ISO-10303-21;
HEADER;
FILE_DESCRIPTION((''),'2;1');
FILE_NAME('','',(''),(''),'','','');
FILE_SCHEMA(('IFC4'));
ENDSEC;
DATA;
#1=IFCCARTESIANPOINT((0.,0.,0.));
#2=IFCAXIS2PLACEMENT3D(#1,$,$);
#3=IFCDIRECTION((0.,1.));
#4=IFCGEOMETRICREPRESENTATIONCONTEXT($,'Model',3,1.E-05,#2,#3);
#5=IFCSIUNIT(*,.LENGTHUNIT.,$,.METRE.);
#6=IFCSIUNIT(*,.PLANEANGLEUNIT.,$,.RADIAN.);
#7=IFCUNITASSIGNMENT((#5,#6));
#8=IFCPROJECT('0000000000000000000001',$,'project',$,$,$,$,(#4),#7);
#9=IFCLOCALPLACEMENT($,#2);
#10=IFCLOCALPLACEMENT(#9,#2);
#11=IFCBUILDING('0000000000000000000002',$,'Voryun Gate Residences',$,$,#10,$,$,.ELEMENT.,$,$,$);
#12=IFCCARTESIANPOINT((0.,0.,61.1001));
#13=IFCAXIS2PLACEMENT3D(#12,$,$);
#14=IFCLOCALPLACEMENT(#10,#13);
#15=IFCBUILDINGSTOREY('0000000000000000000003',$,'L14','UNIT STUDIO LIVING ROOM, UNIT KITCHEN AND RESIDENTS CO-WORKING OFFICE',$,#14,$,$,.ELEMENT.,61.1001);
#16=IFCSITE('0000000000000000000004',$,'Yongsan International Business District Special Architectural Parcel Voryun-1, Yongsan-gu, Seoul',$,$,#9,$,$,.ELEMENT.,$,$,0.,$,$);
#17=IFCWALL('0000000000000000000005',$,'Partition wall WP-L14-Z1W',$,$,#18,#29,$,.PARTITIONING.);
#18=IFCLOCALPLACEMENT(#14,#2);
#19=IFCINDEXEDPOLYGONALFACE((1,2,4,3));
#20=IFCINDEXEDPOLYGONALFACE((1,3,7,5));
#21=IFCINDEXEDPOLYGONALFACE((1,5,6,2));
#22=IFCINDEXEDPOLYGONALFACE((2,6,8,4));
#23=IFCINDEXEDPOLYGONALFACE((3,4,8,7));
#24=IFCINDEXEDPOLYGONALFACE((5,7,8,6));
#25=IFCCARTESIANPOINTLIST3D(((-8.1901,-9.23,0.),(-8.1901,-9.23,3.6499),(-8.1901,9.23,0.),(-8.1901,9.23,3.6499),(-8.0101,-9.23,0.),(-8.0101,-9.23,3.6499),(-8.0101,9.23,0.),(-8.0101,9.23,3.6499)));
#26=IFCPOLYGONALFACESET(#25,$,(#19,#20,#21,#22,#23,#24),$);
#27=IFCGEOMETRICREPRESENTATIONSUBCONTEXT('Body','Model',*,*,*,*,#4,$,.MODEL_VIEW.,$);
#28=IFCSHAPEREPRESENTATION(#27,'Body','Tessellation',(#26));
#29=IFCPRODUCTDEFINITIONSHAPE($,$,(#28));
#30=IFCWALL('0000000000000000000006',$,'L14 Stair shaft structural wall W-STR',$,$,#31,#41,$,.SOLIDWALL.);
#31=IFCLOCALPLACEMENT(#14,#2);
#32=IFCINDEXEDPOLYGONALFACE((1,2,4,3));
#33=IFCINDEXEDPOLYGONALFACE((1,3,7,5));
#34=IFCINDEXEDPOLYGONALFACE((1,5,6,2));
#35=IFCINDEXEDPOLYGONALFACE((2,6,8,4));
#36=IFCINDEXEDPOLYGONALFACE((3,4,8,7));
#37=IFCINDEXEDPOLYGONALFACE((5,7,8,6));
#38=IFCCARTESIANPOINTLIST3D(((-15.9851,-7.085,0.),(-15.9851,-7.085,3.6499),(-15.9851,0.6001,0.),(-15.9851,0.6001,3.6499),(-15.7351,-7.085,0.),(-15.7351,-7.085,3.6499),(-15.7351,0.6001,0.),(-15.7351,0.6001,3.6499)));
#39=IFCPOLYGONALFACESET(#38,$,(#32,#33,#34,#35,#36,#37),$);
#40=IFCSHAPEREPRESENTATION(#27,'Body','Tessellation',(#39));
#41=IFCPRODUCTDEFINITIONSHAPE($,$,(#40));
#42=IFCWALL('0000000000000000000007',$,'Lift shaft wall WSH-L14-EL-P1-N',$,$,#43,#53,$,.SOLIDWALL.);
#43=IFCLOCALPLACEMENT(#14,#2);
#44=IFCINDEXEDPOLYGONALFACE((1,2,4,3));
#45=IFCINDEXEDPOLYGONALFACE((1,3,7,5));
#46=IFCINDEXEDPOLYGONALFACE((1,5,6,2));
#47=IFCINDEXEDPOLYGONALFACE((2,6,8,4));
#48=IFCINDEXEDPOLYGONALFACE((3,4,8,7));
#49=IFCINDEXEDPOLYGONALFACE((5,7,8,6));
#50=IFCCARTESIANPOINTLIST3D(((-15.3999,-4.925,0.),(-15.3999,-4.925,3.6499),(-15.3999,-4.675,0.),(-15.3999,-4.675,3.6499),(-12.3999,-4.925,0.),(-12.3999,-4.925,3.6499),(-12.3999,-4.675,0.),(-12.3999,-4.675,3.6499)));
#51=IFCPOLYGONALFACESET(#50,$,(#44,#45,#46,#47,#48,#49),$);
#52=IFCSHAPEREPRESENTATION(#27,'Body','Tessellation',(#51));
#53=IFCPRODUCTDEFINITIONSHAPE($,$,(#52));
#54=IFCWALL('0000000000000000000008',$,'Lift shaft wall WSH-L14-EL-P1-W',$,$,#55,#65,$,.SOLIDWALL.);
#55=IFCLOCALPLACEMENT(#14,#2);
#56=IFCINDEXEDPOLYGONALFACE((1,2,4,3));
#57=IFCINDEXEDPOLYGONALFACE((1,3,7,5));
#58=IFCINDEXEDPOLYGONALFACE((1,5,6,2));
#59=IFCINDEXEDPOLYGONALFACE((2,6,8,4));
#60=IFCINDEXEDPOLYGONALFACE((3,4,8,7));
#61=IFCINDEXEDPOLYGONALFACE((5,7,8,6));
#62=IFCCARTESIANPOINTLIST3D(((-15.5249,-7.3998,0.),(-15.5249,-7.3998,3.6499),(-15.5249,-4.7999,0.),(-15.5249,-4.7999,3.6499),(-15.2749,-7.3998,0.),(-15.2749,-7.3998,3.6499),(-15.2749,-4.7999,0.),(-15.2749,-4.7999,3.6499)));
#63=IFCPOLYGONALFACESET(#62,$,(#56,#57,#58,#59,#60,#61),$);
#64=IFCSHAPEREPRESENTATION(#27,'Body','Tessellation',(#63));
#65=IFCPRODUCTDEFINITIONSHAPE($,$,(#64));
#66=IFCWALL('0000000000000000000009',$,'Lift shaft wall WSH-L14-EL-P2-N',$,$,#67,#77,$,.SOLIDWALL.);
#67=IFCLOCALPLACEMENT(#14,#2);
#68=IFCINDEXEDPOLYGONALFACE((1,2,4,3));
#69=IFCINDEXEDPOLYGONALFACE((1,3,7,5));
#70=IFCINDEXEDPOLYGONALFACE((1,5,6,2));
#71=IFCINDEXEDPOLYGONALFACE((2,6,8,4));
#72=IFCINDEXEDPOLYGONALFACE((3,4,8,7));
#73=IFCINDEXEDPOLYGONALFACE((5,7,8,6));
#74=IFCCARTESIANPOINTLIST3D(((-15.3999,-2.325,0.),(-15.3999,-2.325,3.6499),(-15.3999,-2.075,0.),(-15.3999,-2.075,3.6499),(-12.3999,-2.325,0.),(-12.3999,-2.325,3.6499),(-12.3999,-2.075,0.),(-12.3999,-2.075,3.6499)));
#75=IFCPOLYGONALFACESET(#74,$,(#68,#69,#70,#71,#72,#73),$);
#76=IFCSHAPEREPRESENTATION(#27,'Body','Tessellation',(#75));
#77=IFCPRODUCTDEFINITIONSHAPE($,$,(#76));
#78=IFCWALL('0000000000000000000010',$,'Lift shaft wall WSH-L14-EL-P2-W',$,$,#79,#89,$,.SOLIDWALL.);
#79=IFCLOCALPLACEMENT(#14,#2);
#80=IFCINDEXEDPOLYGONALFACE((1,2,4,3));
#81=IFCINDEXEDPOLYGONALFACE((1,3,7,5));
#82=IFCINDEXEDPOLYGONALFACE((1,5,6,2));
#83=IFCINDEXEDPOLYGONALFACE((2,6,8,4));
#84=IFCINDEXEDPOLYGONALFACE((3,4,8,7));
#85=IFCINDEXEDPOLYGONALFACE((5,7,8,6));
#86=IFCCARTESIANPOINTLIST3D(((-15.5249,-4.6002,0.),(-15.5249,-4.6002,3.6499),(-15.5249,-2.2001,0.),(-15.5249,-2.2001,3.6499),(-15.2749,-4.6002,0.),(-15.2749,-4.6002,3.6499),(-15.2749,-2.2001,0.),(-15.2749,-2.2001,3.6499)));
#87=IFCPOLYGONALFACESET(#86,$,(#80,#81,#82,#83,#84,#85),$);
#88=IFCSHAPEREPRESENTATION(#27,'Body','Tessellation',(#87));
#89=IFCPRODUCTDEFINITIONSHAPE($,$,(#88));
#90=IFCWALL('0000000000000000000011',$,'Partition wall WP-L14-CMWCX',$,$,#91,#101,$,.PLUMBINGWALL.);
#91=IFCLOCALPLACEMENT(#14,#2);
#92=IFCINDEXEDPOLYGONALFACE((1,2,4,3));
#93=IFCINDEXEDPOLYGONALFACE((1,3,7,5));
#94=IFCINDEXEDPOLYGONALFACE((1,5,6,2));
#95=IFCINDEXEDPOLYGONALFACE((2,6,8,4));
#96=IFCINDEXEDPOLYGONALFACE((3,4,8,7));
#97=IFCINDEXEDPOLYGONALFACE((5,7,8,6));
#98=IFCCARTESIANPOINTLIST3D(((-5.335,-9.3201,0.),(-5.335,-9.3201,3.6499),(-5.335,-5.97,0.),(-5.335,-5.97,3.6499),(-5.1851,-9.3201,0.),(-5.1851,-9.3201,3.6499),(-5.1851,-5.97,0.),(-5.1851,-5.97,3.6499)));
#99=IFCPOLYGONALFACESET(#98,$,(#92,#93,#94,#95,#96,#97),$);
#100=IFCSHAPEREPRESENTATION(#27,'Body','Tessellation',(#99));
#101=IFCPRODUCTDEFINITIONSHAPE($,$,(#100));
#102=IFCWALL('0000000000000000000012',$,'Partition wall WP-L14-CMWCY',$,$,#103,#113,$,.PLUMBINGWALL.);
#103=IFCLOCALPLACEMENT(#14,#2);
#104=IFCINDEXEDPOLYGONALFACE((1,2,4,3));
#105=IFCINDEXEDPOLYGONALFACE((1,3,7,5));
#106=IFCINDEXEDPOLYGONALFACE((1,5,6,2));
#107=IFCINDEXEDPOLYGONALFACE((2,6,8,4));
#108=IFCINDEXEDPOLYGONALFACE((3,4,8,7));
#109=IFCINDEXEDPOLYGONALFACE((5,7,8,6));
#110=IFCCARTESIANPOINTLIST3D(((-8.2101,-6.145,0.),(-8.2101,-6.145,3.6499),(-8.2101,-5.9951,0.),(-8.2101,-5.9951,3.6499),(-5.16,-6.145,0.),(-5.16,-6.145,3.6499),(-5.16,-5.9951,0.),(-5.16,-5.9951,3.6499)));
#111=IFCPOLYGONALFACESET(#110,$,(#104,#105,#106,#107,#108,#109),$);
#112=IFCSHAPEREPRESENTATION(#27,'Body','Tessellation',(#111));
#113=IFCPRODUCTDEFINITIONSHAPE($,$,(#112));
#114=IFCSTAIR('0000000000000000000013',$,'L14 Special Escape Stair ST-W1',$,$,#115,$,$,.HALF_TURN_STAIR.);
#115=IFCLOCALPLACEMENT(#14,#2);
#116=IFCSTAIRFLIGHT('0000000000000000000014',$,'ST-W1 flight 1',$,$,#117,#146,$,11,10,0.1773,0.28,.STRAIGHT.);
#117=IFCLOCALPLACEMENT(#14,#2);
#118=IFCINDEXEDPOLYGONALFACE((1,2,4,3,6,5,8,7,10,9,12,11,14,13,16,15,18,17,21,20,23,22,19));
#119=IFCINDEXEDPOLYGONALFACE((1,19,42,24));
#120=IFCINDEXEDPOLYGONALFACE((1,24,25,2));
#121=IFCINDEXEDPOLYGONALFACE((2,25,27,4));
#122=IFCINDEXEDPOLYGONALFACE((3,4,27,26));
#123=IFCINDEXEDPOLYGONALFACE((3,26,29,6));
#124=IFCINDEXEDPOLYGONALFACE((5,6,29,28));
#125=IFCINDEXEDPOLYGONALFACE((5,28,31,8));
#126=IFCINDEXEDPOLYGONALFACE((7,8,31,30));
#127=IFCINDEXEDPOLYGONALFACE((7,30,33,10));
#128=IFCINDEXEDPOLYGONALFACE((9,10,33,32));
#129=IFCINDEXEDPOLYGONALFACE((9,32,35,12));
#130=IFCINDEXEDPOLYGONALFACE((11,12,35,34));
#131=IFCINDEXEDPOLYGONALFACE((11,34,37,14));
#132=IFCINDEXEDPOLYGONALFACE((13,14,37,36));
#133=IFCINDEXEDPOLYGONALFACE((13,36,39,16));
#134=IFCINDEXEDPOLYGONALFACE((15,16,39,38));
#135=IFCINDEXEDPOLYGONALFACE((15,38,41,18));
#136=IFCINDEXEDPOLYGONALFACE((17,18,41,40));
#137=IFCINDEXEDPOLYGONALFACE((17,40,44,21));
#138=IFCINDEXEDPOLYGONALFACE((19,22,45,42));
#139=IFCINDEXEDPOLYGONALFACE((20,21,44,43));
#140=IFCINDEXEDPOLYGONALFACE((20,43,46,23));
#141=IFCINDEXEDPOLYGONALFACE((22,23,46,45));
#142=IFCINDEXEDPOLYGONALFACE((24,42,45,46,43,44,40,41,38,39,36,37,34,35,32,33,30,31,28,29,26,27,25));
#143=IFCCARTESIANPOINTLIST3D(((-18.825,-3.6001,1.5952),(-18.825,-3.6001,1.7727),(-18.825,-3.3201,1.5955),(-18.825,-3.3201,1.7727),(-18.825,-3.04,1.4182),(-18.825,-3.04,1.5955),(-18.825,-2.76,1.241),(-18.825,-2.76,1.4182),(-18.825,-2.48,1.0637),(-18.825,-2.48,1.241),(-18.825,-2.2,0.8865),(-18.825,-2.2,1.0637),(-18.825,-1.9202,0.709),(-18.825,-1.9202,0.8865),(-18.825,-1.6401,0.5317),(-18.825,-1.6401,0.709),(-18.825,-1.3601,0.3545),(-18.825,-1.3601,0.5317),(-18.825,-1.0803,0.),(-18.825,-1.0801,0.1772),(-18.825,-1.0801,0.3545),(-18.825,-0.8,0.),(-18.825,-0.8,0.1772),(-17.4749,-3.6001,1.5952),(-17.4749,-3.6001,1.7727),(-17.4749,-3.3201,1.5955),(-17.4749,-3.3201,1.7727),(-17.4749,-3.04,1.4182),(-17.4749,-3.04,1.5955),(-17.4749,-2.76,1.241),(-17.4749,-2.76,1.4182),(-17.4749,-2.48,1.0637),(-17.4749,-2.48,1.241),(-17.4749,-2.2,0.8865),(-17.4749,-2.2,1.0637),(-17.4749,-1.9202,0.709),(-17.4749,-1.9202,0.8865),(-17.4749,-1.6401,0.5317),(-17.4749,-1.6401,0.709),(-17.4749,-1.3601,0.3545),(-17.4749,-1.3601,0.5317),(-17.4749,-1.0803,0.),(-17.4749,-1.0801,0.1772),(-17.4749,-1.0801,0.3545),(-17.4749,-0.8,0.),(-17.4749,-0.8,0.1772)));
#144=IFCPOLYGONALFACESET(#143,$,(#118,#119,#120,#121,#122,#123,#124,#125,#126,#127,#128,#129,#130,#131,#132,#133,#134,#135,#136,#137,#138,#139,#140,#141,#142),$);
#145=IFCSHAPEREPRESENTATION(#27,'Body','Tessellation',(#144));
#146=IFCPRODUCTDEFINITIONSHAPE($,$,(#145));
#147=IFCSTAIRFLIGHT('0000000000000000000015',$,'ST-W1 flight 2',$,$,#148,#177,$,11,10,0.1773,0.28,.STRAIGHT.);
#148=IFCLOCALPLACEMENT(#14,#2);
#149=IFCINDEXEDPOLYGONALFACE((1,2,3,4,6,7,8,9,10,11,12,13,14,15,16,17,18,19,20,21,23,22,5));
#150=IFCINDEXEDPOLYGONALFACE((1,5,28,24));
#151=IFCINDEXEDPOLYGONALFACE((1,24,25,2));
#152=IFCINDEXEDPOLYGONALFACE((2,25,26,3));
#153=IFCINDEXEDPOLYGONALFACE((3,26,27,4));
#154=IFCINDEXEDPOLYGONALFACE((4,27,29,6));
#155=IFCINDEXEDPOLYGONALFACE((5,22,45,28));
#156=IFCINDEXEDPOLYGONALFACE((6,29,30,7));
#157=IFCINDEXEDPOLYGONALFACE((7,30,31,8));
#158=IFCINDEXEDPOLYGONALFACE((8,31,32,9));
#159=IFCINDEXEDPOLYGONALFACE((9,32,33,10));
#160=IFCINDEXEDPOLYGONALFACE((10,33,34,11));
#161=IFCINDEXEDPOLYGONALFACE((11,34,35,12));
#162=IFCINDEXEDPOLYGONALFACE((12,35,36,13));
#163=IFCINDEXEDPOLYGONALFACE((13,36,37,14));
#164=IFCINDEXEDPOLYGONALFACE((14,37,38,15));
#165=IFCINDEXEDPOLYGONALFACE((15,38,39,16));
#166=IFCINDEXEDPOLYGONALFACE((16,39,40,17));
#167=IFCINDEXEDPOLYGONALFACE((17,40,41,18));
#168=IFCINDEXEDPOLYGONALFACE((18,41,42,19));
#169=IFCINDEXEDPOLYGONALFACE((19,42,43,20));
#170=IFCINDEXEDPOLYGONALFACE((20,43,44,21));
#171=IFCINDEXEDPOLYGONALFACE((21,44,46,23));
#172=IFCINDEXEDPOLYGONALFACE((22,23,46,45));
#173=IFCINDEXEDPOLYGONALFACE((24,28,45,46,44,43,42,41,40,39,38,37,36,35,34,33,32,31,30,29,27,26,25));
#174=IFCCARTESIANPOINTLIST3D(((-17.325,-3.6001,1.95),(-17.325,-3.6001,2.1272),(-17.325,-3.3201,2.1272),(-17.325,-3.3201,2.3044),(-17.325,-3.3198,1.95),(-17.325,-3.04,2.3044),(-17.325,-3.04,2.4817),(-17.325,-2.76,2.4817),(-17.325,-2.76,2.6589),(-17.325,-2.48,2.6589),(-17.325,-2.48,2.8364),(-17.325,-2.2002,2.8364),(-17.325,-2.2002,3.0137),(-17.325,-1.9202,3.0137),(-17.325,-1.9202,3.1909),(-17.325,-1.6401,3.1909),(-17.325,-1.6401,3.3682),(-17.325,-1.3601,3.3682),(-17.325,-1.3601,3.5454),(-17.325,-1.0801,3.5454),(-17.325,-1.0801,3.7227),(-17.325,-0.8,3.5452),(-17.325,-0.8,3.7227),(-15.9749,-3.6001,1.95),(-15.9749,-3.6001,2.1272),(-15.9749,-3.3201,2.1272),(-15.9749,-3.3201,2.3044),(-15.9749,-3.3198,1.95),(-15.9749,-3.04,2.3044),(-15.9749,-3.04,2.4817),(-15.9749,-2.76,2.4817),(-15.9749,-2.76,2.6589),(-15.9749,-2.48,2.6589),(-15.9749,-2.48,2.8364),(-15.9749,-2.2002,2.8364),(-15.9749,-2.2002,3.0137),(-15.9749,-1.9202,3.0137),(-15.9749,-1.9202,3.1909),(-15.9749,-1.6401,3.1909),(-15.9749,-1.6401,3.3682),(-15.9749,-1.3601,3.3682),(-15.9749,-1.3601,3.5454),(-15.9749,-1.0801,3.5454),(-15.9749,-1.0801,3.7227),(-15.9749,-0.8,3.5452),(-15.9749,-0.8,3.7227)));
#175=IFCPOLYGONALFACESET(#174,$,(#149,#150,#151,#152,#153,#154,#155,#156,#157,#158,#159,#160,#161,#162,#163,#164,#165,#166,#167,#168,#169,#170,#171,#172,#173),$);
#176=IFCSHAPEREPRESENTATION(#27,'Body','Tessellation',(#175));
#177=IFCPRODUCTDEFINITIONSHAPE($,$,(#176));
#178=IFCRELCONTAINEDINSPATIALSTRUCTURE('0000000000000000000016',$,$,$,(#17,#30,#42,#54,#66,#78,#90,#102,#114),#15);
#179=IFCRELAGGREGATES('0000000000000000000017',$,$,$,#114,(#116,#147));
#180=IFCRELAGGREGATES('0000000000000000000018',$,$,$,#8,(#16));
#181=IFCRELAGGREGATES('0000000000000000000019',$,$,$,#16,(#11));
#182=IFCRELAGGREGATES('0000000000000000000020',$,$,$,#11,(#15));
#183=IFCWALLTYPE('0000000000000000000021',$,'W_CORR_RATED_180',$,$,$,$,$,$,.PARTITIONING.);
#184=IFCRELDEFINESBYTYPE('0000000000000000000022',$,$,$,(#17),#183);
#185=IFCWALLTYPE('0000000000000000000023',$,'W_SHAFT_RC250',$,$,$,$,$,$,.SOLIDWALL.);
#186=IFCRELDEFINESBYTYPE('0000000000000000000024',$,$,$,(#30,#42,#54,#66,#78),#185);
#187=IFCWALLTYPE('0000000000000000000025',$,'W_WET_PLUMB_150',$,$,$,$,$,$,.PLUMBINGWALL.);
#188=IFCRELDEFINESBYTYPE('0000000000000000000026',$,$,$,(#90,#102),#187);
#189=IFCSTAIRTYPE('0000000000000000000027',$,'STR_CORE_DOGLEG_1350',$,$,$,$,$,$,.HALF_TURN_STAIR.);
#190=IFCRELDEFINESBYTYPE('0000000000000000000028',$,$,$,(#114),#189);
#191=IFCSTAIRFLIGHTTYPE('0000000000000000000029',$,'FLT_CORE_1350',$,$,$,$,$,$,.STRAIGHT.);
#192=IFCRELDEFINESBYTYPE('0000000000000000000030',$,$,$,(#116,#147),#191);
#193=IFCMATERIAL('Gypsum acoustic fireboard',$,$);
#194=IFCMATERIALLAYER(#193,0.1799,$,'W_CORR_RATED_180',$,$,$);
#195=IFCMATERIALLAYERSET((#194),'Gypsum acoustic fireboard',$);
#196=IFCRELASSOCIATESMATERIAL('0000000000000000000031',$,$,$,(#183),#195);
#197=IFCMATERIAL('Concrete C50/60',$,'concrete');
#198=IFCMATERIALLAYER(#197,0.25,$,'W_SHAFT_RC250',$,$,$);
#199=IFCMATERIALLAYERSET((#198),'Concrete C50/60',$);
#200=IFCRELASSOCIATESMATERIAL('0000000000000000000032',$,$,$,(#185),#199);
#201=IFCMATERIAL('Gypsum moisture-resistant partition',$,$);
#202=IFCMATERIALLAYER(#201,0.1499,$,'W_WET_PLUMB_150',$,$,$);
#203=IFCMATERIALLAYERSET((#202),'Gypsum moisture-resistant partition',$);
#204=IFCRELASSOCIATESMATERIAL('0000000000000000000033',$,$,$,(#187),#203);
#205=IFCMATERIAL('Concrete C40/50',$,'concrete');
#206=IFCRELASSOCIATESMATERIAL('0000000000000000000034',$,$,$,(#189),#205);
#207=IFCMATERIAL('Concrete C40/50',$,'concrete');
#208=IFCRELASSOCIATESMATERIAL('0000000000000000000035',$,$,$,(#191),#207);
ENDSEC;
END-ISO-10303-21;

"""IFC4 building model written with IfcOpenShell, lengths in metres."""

from ifc_helpers import new_model, si_unit, direction, frame, frame_2d, origin, place, context, subcontext, project, spatial, polyline, rectangle, outline, extrude, material, layer, layer_set, type_object, element, aggregate, save


model = new_model("IFC4")

# Units and contexts
model_context = context("Model", 3, precision=1e-05, world=origin(), true_north=direction((0.0, 1.0)))
body_context = subcontext(model_context, "Body", "Model", "MODEL_VIEW")
ifc_project = project(units=[si_unit("LENGTHUNIT", "METRE"), si_unit("PLANEANGLEUNIT", "RADIAN")], contexts=[model_context])

# Site, building, storey
site_placement = place(None, origin())
site = spatial("IfcSite", under=ifc_project, at=site_placement, Name="Yongsan International Business District Special Architectural Parcel Voryun-1, Yongsan-gu, Seoul", CompositionType="ELEMENT", RefElevation=0.0)
building_placement = place(site_placement, origin())
building = spatial("IfcBuilding", under=site, at=building_placement, Name="Voryun Gate Residences", CompositionType="ELEMENT")
storey_placement = place(building_placement, frame((0.0, 0.0, 61.1001)))
storey = spatial("IfcBuildingStorey", under=building, at=storey_placement, Name="L14", Description="UNIT STUDIO LIVING ROOM, UNIT KITCHEN AND RESIDENTS CO-WORKING OFFICE", CompositionType="ELEMENT", Elevation=61.1001)

# Shared definitions
ifc_material_1 = material(Name="Gypsum acoustic fireboard")
ifc_layer_1 = layer(ifc_material_1, 0.1799, Name="W_CORR_RATED_180")
ifc_layer_set_1 = layer_set([ifc_layer_1], Name="Gypsum acoustic fireboard")
wall_type_1 = type_object("IfcWallType", Name="W_CORR_RATED_180", PredefinedType="PARTITIONING", material=ifc_layer_set_1)

# Walls
wall_1_placement = place(storey_placement, frame((-8.1001, -9.23, 0.0), z_axis=(0.0, 0.0, 1.0), x_axis=(0.0, 1.0, 0.0)))
element("IfcWall", 1, at=wall_1_placement, inside=storey, type_object=wall_type_1, Name="Partition wall WP-L14-Z1W", PredefinedType="PARTITIONING", context=body_context, shape_type="SweptSolid", body=[
    extrude(rectangle(XDim=18.46, YDim=0.1799, at=frame_2d((9.23, 0.0))), origin(), (0.0, 0.0, 1.0), 3.6499),
])
ifc_material_2 = material(Name="Concrete C50/60", Category="concrete")
ifc_layer_2 = layer(ifc_material_2, 0.25, Name="W_SHAFT_RC250")
ifc_layer_set_2 = layer_set([ifc_layer_2], Name="Concrete C50/60")
wall_type_2 = type_object("IfcWallType", Name="W_SHAFT_RC250", PredefinedType="SOLIDWALL", material=ifc_layer_set_2)
wall_2_placement = place(storey_placement, frame((-15.8601, -7.085, 0.0), z_axis=(0.0, 0.0, 1.0), x_axis=(0.0, 1.0, 0.0)))
element("IfcWall", 2, at=wall_2_placement, inside=storey, type_object=wall_type_2, Name="L14 Stair shaft structural wall W-STR", PredefinedType="SOLIDWALL", context=body_context, shape_type="SweptSolid", body=[
    extrude(rectangle(XDim=7.6851, YDim=0.25, at=frame_2d((3.8425, 0.0))), origin(), (0.0, 0.0, 1.0), 3.6499),
])
wall_3_placement = place(storey_placement, frame((-12.3999, -4.8, 0.0), z_axis=(0.0, 0.0, 1.0), x_axis=(-1.0, 0.0, 0.0)))
element("IfcWall", 3, at=wall_3_placement, inside=storey, type_object=wall_type_2, Name="Lift shaft wall WSH-L14-EL-P1-N", PredefinedType="SOLIDWALL", context=body_context, shape_type="SweptSolid", body=[
    extrude(rectangle(XDim=3.0, YDim=0.25, at=frame_2d((1.5, 0.0))), origin(), (0.0, 0.0, 1.0), 3.6499),
])
wall_4_placement = place(storey_placement, frame((-15.3999, -4.8, 0.0), z_axis=(0.0, 0.0, 1.0), x_axis=(0.0, -1.0, 0.0)))
element("IfcWall", 4, at=wall_4_placement, inside=storey, type_object=wall_type_2, Name="Lift shaft wall WSH-L14-EL-P1-W", PredefinedType="SOLIDWALL", context=body_context, shape_type="SweptSolid", body=[
    extrude(rectangle(XDim=2.5999, YDim=0.25, at=frame_2d((1.2998, 0.0))), origin(), (0.0, 0.0, 1.0), 3.6499),
])
wall_5_placement = place(storey_placement, frame((-12.3999, -2.2, 0.0), z_axis=(0.0, 0.0, 1.0), x_axis=(-1.0, 0.0, 0.0)))
element("IfcWall", 5, at=wall_5_placement, inside=storey, type_object=wall_type_2, Name="Lift shaft wall WSH-L14-EL-P2-N", PredefinedType="SOLIDWALL", context=body_context, shape_type="SweptSolid", body=[
    extrude(rectangle(XDim=3.0, YDim=0.25, at=frame_2d((1.5, 0.0))), origin(), (0.0, 0.0, 1.0), 3.6499),
])
wall_6_placement = place(storey_placement, frame((-15.3999, -2.2, 0.0), z_axis=(0.0, 0.0, 1.0), x_axis=(0.0, -1.0, 0.0)))
element("IfcWall", 6, at=wall_6_placement, inside=storey, type_object=wall_type_2, Name="Lift shaft wall WSH-L14-EL-P2-W", PredefinedType="SOLIDWALL", context=body_context, shape_type="SweptSolid", body=[
    extrude(rectangle(XDim=2.4001, YDim=0.25, at=frame_2d((1.2002, 0.0))), origin(), (0.0, 0.0, 1.0), 3.6499),
])
ifc_material_3 = material(Name="Gypsum moisture-resistant partition")
ifc_layer_3 = layer(ifc_material_3, 0.1499, Name="W_WET_PLUMB_150")
ifc_layer_set_3 = layer_set([ifc_layer_3], Name="Gypsum moisture-resistant partition")
wall_type_3 = type_object("IfcWallType", Name="W_WET_PLUMB_150", PredefinedType="PLUMBINGWALL", material=ifc_layer_set_3)
wall_7_placement = place(storey_placement, frame((-5.26, -9.3201, 0.0), z_axis=(0.0, 0.0, 1.0), x_axis=(0.0, 1.0, 0.0)))
element("IfcWall", 7, at=wall_7_placement, inside=storey, type_object=wall_type_3, Name="Partition wall WP-L14-CMWCX", PredefinedType="PLUMBINGWALL", context=body_context, shape_type="SweptSolid", body=[
    extrude(rectangle(XDim=3.3501, YDim=0.1499, at=frame_2d((1.675, 0.0))), origin(), (0.0, 0.0, 1.0), 3.6499),
])
wall_8_placement = place(storey_placement, frame((-8.21, -6.0701, 0.0), z_axis=(0.0, 0.0, 1.0), x_axis=(1.0, 0.0, 0.0)))
element("IfcWall", 8, at=wall_8_placement, inside=storey, type_object=wall_type_3, Name="Partition wall WP-L14-CMWCY", PredefinedType="PLUMBINGWALL", context=body_context, shape_type="SweptSolid", body=[
    extrude(rectangle(XDim=3.05, YDim=0.1499, at=frame_2d((1.5249, 0.0))), origin(), (0.0, 0.0, 1.0), 3.6499),
])

# Stair, stair flights
ifc_material_4 = material(Name="Concrete C40/50", Category="concrete")
stair_type = type_object("IfcStairType", Name="STR_CORE_DOGLEG_1350", PredefinedType="HALF_TURN_STAIR", material=ifc_material_4)
stair_placement = place(storey_placement, origin())
stair = element("IfcStair", 9, at=stair_placement, inside=storey, type_object=stair_type, Name="L14 Special Escape Stair ST-W1", PredefinedType="HALF_TURN_STAIR")
ifc_material_5 = material(Name="Concrete C40/50", Category="concrete")
stair_flight_type = type_object("IfcStairFlightType", Name="FLT_CORE_1350", PredefinedType="STRAIGHT", material=ifc_material_5)
stair_flight_1_placement = place(storey_placement, frame((-18.1499, -0.8, 0.0), z_axis=(0.0, 0.0, 1.0), x_axis=(0.0, -1.0, 0.0)))
stair_flight_1 = element("IfcStairFlight", 10, at=stair_flight_1_placement, type_object=stair_flight_type, Name="ST-W1 flight 1", NumberOfRisers=11, NumberOfTreads=10, PredefinedType="STRAIGHT", RiserHeight=0.1773, TreadLength=0.28, context=body_context, shape_type="SweptSolid", body=[
    extrude(outline(polyline([(0.0, 0.0), (0.0, 0.1772), (0.28, 0.1772), (0.28, 0.3545), (0.5601, 0.3545), (0.5601, 0.5317), (0.8401, 0.5317), (0.8401, 0.709), (1.1201, 0.709), (1.1201, 0.8865), (1.3999, 0.8865), (1.3999, 1.0637), (1.6799, 1.0637), (1.6799, 1.241), (1.96, 1.241), (1.96, 1.4182), (2.24, 1.4182), (2.24, 1.5955), (2.52, 1.5955), (2.52, 1.7727), (2.8, 1.7727), (2.8, 1.95), (2.8, 1.5952), (0.2803, 0.0), (0.0, 0.0)])), frame((0.0, 0.675, 0.0), z_axis=(0.0, -1.0, 0.0), x_axis=(1.0, 0.0, 0.0)), (0.0, 0.0, 1.0), 1.3501),
])
stair_flight_2_placement = place(storey_placement, frame((-16.6499, -3.6001, 1.95), z_axis=(0.0, 0.0, 1.0), x_axis=(0.0, 1.0, 0.0)))
stair_flight_2 = element("IfcStairFlight", 11, at=stair_flight_2_placement, type_object=stair_flight_type, Name="ST-W1 flight 2", NumberOfRisers=11, NumberOfTreads=10, PredefinedType="STRAIGHT", RiserHeight=0.1773, TreadLength=0.28, context=body_context, shape_type="SweptSolid", body=[
    extrude(outline(polyline([(0.0, 0.0), (0.0, 0.1772), (0.28, 0.1772), (0.28, 0.3545), (0.5601, 0.3545), (0.5601, 0.5317), (0.8401, 0.5317), (0.8401, 0.709), (1.1201, 0.709), (1.1201, 0.8865), (1.3999, 0.8865), (1.3999, 1.0637), (1.6799, 1.0637), (1.6799, 1.241), (1.96, 1.241), (1.96, 1.4182), (2.24, 1.4182), (2.24, 1.5955), (2.52, 1.5955), (2.52, 1.7727), (2.8, 1.7727), (2.8, 1.95), (2.8, 1.5952), (0.2803, 0.0), (0.0, 0.0)])), frame((0.0, 0.675, 0.0), z_axis=(0.0, -1.0, 0.0), x_axis=(1.0, 0.0, 0.0)), (0.0, 0.0, 1.0), 1.3501),
])
aggregate(stair, [stair_flight_1, stair_flight_2])

save(model, "model.ifc")
